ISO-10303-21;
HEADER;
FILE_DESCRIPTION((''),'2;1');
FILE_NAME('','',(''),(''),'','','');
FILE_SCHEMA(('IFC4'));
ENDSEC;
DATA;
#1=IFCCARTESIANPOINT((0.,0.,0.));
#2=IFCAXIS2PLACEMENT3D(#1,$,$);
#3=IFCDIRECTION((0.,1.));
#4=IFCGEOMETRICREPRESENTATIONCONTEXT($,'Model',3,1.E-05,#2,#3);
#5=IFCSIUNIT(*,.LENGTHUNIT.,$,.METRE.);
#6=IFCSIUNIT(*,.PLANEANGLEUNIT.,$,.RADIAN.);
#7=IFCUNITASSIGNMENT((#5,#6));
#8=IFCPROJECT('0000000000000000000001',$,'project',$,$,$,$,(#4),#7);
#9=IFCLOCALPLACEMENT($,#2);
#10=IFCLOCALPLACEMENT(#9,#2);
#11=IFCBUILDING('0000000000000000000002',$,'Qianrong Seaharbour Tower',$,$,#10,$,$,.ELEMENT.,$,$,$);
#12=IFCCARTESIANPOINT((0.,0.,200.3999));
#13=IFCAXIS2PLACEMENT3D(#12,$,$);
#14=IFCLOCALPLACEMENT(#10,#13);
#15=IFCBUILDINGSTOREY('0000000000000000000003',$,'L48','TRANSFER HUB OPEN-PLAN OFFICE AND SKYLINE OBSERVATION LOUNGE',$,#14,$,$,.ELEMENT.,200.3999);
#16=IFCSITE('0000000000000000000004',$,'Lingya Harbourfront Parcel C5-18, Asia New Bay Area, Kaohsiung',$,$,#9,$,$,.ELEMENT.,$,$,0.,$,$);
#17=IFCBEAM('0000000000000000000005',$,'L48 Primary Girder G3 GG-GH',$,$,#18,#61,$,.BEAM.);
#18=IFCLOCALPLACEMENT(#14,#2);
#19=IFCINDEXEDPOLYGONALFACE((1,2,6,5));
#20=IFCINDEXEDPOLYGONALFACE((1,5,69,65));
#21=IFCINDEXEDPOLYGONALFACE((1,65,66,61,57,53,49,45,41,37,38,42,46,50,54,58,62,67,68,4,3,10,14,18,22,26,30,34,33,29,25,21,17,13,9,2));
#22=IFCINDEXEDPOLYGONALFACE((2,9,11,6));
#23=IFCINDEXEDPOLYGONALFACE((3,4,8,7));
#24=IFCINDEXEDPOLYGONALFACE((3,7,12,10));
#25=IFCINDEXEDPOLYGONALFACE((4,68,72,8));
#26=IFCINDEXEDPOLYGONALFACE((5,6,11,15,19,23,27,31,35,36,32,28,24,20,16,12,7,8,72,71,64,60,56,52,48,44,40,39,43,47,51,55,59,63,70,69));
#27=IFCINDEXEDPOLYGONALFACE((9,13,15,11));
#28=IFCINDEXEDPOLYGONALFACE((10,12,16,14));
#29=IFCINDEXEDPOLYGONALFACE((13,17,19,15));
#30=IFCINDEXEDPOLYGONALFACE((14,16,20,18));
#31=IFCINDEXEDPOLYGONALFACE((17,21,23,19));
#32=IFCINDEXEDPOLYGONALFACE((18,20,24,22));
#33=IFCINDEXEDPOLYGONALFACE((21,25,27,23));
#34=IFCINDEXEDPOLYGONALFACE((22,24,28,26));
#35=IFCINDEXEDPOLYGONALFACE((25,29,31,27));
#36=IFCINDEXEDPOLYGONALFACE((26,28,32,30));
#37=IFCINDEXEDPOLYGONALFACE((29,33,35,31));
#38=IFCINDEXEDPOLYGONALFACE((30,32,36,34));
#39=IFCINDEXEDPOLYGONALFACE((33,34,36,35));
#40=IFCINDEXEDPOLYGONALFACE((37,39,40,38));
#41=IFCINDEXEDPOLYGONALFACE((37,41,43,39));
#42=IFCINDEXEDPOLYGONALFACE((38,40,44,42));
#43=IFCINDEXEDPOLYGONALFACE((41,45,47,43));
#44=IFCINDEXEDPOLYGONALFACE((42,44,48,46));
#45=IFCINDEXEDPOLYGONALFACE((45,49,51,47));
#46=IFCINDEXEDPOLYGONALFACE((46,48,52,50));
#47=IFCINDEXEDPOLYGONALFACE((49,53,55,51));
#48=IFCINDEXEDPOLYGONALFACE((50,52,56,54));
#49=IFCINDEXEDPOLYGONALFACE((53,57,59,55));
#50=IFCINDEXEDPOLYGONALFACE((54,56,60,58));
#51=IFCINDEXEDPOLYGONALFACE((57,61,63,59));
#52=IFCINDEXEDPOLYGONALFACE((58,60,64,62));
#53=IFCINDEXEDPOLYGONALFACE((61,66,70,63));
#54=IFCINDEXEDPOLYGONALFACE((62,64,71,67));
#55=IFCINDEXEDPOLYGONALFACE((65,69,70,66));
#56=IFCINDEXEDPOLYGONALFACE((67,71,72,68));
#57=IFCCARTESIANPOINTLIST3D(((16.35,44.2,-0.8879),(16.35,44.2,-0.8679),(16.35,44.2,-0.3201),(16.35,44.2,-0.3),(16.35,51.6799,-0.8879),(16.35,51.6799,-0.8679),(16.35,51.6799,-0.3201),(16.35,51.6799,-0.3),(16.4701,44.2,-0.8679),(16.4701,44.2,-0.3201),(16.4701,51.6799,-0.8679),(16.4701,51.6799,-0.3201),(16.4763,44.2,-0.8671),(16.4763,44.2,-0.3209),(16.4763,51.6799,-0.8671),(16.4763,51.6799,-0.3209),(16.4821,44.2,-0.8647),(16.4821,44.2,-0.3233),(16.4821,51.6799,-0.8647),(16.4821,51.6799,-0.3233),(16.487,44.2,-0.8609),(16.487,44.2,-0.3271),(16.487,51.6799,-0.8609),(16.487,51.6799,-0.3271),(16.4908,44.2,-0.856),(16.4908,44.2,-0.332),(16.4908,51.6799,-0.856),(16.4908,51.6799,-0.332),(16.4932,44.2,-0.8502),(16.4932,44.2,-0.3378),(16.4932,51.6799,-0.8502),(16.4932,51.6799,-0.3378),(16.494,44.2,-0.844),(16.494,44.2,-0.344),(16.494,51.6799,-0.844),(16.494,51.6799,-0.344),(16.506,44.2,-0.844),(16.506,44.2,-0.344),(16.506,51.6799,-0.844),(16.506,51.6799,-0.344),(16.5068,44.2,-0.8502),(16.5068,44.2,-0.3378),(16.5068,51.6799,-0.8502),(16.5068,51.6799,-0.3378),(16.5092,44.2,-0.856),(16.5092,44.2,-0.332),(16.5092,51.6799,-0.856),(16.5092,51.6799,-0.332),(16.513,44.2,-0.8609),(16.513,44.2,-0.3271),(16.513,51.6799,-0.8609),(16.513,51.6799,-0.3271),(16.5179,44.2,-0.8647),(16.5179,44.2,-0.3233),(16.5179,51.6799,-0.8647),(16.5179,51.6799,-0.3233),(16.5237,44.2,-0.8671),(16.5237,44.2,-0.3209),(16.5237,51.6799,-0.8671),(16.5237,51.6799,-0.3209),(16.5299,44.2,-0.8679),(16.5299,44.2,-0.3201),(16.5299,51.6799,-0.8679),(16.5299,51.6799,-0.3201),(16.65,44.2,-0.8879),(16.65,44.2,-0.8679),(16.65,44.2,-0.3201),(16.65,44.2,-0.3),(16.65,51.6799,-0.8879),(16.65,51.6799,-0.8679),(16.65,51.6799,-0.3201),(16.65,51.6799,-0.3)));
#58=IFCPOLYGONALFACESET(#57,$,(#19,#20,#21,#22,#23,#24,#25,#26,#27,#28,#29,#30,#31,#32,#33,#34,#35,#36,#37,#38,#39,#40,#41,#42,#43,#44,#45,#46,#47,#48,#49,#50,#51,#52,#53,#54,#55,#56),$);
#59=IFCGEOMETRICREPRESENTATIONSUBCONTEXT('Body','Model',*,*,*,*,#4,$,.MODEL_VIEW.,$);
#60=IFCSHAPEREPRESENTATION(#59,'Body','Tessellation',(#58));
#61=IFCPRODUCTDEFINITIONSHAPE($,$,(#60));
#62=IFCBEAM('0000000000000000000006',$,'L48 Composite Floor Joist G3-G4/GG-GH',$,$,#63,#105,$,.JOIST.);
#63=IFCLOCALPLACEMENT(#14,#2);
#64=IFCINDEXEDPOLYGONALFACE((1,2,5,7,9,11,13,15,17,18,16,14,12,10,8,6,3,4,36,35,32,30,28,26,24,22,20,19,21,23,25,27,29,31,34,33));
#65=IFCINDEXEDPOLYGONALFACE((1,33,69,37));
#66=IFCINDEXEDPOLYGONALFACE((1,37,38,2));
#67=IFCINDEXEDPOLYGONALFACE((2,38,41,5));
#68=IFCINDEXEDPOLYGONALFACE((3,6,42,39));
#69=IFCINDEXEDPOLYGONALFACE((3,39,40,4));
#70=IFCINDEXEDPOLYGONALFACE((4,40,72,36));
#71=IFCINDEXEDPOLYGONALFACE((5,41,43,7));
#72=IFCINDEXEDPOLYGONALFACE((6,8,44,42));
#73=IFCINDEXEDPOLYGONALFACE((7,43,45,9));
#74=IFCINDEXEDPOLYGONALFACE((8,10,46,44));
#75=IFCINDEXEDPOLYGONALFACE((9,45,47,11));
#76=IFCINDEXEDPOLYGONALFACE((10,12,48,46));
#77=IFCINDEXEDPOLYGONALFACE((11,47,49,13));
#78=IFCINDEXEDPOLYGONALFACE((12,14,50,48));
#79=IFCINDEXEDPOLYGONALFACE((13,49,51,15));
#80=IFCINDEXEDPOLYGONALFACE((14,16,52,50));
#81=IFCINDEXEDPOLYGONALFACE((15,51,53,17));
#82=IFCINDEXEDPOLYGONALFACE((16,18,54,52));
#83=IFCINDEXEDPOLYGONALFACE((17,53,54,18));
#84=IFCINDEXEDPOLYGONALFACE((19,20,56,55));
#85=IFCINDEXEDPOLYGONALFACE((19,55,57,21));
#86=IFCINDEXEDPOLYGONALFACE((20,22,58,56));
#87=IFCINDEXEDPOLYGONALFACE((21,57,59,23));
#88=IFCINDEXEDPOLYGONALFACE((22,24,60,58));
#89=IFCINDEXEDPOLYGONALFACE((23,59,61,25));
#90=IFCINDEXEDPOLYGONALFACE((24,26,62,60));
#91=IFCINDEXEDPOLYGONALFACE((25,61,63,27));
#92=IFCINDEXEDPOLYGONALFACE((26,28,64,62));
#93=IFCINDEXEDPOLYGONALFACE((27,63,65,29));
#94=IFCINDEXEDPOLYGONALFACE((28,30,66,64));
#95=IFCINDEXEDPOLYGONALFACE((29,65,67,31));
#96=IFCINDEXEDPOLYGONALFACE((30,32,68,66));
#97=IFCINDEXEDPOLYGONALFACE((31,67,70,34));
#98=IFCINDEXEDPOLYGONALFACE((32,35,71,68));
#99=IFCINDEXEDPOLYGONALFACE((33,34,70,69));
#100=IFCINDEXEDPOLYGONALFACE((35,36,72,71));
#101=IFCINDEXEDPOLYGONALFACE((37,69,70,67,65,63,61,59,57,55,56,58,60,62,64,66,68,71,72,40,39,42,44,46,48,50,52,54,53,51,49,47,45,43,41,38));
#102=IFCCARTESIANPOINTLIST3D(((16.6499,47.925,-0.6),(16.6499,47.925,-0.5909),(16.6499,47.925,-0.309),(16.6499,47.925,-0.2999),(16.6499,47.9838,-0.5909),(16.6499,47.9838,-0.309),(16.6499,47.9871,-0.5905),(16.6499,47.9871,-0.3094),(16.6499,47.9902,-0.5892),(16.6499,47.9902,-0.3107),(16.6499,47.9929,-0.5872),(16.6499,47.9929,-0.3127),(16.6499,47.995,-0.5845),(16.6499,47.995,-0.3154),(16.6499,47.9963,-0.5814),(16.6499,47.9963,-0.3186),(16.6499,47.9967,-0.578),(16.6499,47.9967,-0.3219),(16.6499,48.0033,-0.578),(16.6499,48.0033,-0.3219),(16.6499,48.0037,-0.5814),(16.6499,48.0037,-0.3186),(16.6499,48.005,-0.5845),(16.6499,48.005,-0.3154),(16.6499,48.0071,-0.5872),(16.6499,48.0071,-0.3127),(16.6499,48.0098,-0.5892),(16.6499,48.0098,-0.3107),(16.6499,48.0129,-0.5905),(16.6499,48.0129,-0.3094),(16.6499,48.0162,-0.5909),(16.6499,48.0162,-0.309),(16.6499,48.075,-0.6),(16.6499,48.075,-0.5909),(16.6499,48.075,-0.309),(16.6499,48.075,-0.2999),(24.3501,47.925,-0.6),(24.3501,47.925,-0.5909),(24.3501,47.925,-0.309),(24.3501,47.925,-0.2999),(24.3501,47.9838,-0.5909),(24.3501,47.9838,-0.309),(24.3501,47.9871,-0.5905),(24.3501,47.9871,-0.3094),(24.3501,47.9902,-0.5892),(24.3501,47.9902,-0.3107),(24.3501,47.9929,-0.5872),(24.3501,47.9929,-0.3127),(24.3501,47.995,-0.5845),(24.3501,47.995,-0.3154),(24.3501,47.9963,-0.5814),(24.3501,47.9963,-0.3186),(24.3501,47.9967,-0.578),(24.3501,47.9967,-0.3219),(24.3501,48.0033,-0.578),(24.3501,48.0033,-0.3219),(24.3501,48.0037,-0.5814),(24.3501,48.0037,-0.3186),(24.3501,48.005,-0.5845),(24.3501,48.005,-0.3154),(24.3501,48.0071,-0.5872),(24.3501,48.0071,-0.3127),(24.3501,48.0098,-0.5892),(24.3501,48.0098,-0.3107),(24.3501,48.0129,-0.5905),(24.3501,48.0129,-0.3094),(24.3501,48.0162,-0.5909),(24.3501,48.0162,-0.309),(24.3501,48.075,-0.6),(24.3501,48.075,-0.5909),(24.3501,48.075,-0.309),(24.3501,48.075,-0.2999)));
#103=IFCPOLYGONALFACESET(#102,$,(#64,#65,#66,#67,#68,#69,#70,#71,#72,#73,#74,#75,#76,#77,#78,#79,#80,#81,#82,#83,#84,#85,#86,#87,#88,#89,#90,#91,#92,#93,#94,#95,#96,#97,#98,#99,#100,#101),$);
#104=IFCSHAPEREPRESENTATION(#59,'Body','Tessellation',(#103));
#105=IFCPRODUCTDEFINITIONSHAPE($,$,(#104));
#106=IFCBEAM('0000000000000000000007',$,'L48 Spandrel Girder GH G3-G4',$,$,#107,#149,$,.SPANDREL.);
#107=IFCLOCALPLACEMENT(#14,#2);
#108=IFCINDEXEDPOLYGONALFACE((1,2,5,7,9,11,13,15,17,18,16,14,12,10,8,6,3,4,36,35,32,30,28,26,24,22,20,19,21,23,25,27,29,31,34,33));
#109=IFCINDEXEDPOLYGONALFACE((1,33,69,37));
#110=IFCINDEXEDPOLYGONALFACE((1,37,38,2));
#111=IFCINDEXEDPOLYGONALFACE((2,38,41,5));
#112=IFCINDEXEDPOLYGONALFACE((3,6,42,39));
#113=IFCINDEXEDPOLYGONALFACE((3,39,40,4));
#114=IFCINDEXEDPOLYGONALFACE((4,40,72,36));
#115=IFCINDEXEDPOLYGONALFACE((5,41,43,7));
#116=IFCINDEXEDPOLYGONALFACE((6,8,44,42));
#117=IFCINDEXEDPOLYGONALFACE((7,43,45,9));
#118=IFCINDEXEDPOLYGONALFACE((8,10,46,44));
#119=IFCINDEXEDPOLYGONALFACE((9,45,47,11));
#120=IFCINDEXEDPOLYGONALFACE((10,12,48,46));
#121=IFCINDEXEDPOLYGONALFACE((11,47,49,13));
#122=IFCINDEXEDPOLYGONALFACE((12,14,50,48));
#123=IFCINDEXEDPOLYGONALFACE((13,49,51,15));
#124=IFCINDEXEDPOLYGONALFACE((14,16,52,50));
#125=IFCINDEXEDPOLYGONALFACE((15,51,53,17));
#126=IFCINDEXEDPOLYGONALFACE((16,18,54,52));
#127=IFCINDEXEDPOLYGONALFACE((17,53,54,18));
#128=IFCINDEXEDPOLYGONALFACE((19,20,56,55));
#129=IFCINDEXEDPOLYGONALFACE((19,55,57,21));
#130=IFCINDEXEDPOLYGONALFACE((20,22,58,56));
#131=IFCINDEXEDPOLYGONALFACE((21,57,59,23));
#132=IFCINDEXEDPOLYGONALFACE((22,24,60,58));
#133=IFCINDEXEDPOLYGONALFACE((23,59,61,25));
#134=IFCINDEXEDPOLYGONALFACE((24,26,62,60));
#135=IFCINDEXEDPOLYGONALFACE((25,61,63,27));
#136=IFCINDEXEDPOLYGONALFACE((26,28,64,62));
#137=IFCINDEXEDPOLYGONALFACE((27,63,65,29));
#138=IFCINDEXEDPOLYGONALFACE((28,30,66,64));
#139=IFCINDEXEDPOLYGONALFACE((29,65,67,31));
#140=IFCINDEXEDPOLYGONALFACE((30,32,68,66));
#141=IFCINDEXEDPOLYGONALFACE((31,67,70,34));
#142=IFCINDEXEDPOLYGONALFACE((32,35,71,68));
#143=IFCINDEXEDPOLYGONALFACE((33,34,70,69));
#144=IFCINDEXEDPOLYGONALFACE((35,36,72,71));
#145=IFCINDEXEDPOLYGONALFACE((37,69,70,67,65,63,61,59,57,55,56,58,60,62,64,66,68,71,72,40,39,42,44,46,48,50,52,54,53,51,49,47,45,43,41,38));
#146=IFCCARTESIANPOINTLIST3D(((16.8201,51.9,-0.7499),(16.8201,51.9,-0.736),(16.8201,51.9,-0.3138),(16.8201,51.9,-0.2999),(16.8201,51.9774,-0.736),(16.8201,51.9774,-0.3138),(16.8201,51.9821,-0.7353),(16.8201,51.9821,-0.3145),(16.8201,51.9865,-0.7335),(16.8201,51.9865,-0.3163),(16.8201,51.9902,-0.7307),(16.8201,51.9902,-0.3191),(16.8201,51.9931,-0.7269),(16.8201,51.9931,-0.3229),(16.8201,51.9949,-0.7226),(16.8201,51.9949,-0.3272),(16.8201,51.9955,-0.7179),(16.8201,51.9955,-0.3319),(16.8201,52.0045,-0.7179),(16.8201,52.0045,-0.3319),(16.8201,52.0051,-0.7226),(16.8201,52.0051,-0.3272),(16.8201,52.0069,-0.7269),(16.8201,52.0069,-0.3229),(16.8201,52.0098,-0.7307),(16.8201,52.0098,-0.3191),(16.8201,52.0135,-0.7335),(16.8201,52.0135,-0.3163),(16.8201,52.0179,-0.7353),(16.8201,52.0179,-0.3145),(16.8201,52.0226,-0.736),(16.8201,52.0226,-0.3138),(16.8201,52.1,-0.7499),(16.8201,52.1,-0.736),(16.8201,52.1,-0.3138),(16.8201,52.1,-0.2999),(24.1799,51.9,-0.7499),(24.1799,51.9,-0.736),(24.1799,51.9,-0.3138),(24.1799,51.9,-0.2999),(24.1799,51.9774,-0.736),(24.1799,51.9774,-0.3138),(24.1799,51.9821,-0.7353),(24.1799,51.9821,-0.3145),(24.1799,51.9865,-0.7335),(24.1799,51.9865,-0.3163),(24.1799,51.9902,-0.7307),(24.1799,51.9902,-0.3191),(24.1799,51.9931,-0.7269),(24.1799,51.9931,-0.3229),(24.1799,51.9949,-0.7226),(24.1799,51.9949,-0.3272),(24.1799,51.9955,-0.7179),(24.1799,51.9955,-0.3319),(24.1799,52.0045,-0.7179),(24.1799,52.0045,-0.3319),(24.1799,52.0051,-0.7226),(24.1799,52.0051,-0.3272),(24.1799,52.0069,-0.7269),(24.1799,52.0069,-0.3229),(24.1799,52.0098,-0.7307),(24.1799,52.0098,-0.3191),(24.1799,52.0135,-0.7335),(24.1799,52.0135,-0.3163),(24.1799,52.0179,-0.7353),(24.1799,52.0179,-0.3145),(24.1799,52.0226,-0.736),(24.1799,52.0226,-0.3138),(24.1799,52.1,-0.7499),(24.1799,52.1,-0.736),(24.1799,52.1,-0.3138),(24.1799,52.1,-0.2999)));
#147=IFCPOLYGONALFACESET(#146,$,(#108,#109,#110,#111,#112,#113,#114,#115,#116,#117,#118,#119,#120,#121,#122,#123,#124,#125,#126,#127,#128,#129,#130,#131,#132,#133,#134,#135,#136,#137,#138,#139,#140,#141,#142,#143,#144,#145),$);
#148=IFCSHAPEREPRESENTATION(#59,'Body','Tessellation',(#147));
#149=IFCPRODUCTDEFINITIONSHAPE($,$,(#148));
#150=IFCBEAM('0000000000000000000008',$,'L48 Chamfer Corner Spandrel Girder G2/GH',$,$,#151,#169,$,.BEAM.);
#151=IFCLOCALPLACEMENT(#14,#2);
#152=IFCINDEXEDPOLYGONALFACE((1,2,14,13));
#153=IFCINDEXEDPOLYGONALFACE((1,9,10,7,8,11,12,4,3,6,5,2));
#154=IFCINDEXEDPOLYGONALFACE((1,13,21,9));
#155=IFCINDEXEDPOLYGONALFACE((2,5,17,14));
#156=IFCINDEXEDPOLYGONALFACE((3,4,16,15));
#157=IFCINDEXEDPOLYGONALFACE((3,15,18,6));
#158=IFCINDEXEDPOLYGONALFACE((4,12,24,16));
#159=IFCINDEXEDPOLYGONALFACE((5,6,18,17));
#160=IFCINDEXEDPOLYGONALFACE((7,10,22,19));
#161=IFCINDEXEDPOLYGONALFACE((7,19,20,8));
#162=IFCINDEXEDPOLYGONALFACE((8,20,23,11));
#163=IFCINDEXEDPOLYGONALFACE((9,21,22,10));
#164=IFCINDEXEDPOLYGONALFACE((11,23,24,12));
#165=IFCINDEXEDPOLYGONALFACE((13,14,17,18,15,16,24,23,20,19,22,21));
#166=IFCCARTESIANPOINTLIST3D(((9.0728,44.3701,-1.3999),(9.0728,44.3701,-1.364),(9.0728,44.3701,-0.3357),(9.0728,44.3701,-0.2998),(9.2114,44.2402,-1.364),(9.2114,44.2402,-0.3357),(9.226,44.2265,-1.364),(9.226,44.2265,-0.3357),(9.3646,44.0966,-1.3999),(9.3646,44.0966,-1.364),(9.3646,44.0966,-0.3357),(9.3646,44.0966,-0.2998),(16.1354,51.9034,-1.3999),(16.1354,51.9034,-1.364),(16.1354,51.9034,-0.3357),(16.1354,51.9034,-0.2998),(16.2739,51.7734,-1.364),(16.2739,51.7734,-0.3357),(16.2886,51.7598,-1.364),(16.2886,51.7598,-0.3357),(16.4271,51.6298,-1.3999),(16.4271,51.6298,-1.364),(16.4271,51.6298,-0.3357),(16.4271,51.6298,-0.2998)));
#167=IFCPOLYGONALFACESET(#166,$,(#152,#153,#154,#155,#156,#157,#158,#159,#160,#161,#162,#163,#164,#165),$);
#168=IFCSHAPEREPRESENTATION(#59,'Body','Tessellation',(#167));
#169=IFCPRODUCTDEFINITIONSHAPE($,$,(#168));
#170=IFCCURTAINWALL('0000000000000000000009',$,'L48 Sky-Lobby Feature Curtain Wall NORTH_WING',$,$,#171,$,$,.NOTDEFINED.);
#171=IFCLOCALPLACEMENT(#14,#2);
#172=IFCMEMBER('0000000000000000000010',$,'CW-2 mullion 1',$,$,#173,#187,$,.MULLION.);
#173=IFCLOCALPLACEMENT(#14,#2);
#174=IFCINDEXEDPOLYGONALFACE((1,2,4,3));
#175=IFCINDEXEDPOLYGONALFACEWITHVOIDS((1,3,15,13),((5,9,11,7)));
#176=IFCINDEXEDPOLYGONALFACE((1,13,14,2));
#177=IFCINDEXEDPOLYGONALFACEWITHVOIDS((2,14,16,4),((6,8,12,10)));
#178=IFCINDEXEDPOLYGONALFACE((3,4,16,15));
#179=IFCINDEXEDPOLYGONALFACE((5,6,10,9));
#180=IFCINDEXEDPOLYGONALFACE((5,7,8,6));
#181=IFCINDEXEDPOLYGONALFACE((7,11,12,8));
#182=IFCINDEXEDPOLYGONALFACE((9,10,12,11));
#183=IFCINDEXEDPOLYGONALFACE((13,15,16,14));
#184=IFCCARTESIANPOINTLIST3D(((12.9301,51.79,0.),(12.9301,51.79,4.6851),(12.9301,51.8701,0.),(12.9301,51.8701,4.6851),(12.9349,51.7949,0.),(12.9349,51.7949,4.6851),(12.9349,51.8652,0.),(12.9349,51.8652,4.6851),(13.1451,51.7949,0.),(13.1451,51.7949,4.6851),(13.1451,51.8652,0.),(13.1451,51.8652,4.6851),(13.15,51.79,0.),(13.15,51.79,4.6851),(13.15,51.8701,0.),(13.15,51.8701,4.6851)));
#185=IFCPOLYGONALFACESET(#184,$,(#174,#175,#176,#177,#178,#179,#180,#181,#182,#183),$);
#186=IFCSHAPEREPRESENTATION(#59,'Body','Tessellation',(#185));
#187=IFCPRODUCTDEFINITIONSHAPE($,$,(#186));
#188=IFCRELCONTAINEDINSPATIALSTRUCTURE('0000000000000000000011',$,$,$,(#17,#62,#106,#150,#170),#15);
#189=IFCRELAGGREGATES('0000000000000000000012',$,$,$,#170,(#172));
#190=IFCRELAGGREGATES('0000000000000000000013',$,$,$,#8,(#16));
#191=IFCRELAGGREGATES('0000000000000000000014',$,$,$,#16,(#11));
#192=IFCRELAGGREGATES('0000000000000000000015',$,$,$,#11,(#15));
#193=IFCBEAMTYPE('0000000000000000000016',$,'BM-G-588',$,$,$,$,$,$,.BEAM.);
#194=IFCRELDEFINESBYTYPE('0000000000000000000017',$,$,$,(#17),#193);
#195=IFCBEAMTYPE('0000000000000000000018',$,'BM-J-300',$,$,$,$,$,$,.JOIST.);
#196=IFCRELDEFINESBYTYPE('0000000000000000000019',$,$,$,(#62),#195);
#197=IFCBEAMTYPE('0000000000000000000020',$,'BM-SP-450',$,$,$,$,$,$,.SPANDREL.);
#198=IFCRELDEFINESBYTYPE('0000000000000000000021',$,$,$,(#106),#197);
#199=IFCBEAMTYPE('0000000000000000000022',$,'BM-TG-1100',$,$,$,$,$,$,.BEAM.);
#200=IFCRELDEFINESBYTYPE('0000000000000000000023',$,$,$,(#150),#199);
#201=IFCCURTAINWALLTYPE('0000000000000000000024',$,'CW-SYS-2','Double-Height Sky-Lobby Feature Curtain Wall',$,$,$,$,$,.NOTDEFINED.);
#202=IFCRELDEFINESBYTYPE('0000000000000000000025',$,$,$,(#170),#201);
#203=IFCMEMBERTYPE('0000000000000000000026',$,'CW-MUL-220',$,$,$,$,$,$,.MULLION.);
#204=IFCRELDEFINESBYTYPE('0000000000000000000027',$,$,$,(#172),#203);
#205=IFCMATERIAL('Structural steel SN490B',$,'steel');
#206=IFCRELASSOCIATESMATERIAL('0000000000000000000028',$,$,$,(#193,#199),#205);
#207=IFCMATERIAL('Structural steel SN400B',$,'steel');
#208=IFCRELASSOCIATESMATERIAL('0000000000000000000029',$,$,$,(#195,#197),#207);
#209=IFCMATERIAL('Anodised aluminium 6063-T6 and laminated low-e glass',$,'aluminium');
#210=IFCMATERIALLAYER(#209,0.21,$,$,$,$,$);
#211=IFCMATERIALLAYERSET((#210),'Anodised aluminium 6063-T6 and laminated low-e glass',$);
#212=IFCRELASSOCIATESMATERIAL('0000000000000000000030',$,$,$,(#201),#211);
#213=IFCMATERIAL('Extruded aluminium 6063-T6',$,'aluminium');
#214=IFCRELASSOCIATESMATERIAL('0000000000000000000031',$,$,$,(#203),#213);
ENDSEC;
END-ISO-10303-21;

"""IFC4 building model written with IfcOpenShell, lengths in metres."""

from ifc_helpers import new_model, si_unit, direction, frame, origin, origin_2d, place, context, subcontext, project, spatial, hollow_rectangle, i_section, extrude, material, layer, layer_set, material_profile, profile_set, type_object, element, aggregate, save


model = new_model("IFC4")

# Units and contexts
model_context = context("Model", 3, precision=1e-05, world=origin(), true_north=direction((0.0, 1.0)))
body_context = subcontext(model_context, "Body", "Model", "MODEL_VIEW")
ifc_project = project(units=[si_unit("LENGTHUNIT", "METRE"), si_unit("PLANEANGLEUNIT", "RADIAN")], contexts=[model_context])

# Site, building, storey
site_placement = place(None, origin())
site = spatial("IfcSite", under=ifc_project, at=site_placement, Name="Lingya Harbourfront Parcel C5-18, Asia New Bay Area, Kaohsiung", CompositionType="ELEMENT", RefElevation=0.0)
building_placement = place(site_placement, origin())
building = spatial("IfcBuilding", under=site, at=building_placement, Name="Qianrong Seaharbour Tower", CompositionType="ELEMENT")
storey_placement = place(building_placement, frame((0.0, 0.0, 200.3999)))
storey = spatial("IfcBuildingStorey", under=building, at=storey_placement, Name="L48", Description="TRANSFER HUB OPEN-PLAN OFFICE AND SKYLINE OBSERVATION LOUNGE", CompositionType="ELEMENT", Elevation=200.3999)

# Shared definitions
ifc_material_1 = material(Name="Structural steel SN490B", Category="steel")

# Beams
ifc_material_profile_1 = material_profile(ifc_material_1, i_section(OverallWidth=0.3, OverallDepth=0.5879, WebThickness=0.012, FlangeThickness=0.02, FilletRadius=0.0239, at=origin_2d()), Name="H588x300x12x20")
ifc_profile_set_1 = profile_set([ifc_material_profile_1], Name="Structural steel SN490B")
beam_type_1 = type_object("IfcBeamType", Name="BM-G-588", PredefinedType="BEAM", material=ifc_profile_set_1)
beam_1_placement = place(storey_placement, frame((16.5, 44.2, -0.594), z_axis=(0.0, 1.0, 0.0), x_axis=(-1.0, 0.0, 0.0)))
element("IfcBeam", 1, at=beam_1_placement, inside=storey, type_object=beam_type_1, Name="L48 Primary Girder G3 GG-GH", PredefinedType="BEAM", context=body_context, shape_type="SweptSolid", body=[
    extrude(i_section(OverallWidth=0.3, OverallDepth=0.5879, WebThickness=0.012, FlangeThickness=0.02, FilletRadius=0.0239, at=origin_2d()), origin(), (0.0, 0.0, 1.0), 7.48),
])
ifc_material_2 = material(Name="Structural steel SN400B", Category="steel")
ifc_material_profile_2 = material_profile(ifc_material_2, i_section(OverallWidth=0.1499, OverallDepth=0.3, WebThickness=0.0066, FlangeThickness=0.009, FilletRadius=0.0129, at=origin_2d()), Name="H300x150x6.5x9")
ifc_profile_set_2 = profile_set([ifc_material_profile_2], Name="Structural steel SN400B")
beam_type_2 = type_object("IfcBeamType", Name="BM-J-300", PredefinedType="JOIST", material=ifc_profile_set_2)
beam_2_placement = place(storey_placement, frame((16.6499, 48.0, -0.45), z_axis=(1.0, 0.0, 0.0), x_axis=(0.0, 1.0, 0.0)))
element("IfcBeam", 2, at=beam_2_placement, inside=storey, type_object=beam_type_2, Name="L48 Composite Floor Joist G3-G4/GG-GH", PredefinedType="JOIST", context=body_context, shape_type="SweptSolid", body=[
    extrude(i_section(OverallWidth=0.1499, OverallDepth=0.3, WebThickness=0.0066, FlangeThickness=0.009, FilletRadius=0.0129, at=origin_2d()), origin(), (0.0, 0.0, 1.0), 7.7002),
])
ifc_material_profile_3 = material_profile(ifc_material_2, i_section(OverallWidth=0.2, OverallDepth=0.45, WebThickness=0.009, FlangeThickness=0.0139, FilletRadius=0.0181, at=origin_2d()), Name="H450x200x9x14")
ifc_profile_set_3 = profile_set([ifc_material_profile_3], Name="Structural steel SN400B")
beam_type_3 = type_object("IfcBeamType", Name="BM-SP-450", PredefinedType="SPANDREL", material=ifc_profile_set_3)
beam_3_placement = place(storey_placement, frame((16.8201, 52.0, -0.5249), z_axis=(1.0, 0.0, 0.0), x_axis=(0.0, 1.0, 0.0)))
element("IfcBeam", 3, at=beam_3_placement, inside=storey, type_object=beam_type_3, Name="L48 Spandrel Girder GH G3-G4", PredefinedType="SPANDREL", context=body_context, shape_type="SweptSolid", body=[
    extrude(i_section(OverallWidth=0.2, OverallDepth=0.45, WebThickness=0.009, FlangeThickness=0.0139, FilletRadius=0.0181, at=origin_2d()), origin(), (0.0, 0.0, 1.0), 7.3599),
])
ifc_material_profile_4 = material_profile(ifc_material_1, i_section(OverallWidth=0.3999, OverallDepth=1.1001, WebThickness=0.02, FlangeThickness=0.0359, at=origin_2d()), Name="BH1100x400x20x36")
ifc_profile_set_4 = profile_set([ifc_material_profile_4], Name="Structural steel SN490B")
beam_type_4 = type_object("IfcBeamType", Name="BM-TG-1100", PredefinedType="BEAM", material=ifc_profile_set_4)
beam_4_placement = place(storey_placement, frame((16.2812, 51.7666, -0.8499), z_axis=(-0.683947, -0.729531, 0.0), x_axis=(0.729531, -0.683947, 0.0)))
element("IfcBeam", 4, at=beam_4_placement, inside=storey, type_object=beam_type_4, Name="L48 Chamfer Corner Spandrel Girder G2/GH", PredefinedType="BEAM", context=body_context, shape_type="SweptSolid", body=[
    extrude(i_section(OverallWidth=0.3999, OverallDepth=1.1001, WebThickness=0.02, FlangeThickness=0.0359, at=origin_2d()), origin(), (0.0, 0.0, 1.0), 10.3262),
])

# Curtain wall, member
ifc_material_3 = material(Name="Anodised aluminium 6063-T6 and laminated low-e glass", Category="aluminium")
ifc_layer_1 = layer(ifc_material_3, 0.21)
ifc_layer_set_1 = layer_set([ifc_layer_1], Name="Anodised aluminium 6063-T6 and laminated low-e glass")
curtain_wall_type = type_object("IfcCurtainWallType", Name="CW-SYS-2", Description="Double-Height Sky-Lobby Feature Curtain Wall", PredefinedType="NOTDEFINED", material=ifc_layer_set_1)
curtain_wall_placement = place(storey_placement, origin())
curtain_wall = element("IfcCurtainWall", 5, at=curtain_wall_placement, inside=storey, type_object=curtain_wall_type, Name="L48 Sky-Lobby Feature Curtain Wall NORTH_WING", PredefinedType="NOTDEFINED")
ifc_material_4 = material(Name="Extruded aluminium 6063-T6", Category="aluminium")
ifc_material_profile_5 = material_profile(ifc_material_4, hollow_rectangle(XDim=0.0801, YDim=0.22, WallThickness=0.0049, at=origin_2d()), Name="ALU-MUL-220x80x5")
ifc_profile_set_5 = profile_set([ifc_material_profile_5], Name="Extruded aluminium 6063-T6")
member_type_1 = type_object("IfcMemberType", Name="CW-MUL-220", PredefinedType="MULLION", material=ifc_profile_set_5)
member_1_placement = place(storey_placement, frame((13.04, 51.8301, 0.0), z_axis=(0.0, 0.0, 1.0), x_axis=(0.0, 1.0, 0.0)))
member_1 = element("IfcMember", 6, at=member_1_placement, type_object=member_type_1, Name="CW-2 mullion 1", PredefinedType="MULLION", context=body_context, shape_type="SweptSolid", body=[
    extrude(hollow_rectangle(XDim=0.0801, YDim=0.22, WallThickness=0.0049, at=origin_2d()), origin(), (0.0, 0.0, 1.0), 4.6851),
])
aggregate(curtain_wall, [member_1])

save(model, "model.ifc")
